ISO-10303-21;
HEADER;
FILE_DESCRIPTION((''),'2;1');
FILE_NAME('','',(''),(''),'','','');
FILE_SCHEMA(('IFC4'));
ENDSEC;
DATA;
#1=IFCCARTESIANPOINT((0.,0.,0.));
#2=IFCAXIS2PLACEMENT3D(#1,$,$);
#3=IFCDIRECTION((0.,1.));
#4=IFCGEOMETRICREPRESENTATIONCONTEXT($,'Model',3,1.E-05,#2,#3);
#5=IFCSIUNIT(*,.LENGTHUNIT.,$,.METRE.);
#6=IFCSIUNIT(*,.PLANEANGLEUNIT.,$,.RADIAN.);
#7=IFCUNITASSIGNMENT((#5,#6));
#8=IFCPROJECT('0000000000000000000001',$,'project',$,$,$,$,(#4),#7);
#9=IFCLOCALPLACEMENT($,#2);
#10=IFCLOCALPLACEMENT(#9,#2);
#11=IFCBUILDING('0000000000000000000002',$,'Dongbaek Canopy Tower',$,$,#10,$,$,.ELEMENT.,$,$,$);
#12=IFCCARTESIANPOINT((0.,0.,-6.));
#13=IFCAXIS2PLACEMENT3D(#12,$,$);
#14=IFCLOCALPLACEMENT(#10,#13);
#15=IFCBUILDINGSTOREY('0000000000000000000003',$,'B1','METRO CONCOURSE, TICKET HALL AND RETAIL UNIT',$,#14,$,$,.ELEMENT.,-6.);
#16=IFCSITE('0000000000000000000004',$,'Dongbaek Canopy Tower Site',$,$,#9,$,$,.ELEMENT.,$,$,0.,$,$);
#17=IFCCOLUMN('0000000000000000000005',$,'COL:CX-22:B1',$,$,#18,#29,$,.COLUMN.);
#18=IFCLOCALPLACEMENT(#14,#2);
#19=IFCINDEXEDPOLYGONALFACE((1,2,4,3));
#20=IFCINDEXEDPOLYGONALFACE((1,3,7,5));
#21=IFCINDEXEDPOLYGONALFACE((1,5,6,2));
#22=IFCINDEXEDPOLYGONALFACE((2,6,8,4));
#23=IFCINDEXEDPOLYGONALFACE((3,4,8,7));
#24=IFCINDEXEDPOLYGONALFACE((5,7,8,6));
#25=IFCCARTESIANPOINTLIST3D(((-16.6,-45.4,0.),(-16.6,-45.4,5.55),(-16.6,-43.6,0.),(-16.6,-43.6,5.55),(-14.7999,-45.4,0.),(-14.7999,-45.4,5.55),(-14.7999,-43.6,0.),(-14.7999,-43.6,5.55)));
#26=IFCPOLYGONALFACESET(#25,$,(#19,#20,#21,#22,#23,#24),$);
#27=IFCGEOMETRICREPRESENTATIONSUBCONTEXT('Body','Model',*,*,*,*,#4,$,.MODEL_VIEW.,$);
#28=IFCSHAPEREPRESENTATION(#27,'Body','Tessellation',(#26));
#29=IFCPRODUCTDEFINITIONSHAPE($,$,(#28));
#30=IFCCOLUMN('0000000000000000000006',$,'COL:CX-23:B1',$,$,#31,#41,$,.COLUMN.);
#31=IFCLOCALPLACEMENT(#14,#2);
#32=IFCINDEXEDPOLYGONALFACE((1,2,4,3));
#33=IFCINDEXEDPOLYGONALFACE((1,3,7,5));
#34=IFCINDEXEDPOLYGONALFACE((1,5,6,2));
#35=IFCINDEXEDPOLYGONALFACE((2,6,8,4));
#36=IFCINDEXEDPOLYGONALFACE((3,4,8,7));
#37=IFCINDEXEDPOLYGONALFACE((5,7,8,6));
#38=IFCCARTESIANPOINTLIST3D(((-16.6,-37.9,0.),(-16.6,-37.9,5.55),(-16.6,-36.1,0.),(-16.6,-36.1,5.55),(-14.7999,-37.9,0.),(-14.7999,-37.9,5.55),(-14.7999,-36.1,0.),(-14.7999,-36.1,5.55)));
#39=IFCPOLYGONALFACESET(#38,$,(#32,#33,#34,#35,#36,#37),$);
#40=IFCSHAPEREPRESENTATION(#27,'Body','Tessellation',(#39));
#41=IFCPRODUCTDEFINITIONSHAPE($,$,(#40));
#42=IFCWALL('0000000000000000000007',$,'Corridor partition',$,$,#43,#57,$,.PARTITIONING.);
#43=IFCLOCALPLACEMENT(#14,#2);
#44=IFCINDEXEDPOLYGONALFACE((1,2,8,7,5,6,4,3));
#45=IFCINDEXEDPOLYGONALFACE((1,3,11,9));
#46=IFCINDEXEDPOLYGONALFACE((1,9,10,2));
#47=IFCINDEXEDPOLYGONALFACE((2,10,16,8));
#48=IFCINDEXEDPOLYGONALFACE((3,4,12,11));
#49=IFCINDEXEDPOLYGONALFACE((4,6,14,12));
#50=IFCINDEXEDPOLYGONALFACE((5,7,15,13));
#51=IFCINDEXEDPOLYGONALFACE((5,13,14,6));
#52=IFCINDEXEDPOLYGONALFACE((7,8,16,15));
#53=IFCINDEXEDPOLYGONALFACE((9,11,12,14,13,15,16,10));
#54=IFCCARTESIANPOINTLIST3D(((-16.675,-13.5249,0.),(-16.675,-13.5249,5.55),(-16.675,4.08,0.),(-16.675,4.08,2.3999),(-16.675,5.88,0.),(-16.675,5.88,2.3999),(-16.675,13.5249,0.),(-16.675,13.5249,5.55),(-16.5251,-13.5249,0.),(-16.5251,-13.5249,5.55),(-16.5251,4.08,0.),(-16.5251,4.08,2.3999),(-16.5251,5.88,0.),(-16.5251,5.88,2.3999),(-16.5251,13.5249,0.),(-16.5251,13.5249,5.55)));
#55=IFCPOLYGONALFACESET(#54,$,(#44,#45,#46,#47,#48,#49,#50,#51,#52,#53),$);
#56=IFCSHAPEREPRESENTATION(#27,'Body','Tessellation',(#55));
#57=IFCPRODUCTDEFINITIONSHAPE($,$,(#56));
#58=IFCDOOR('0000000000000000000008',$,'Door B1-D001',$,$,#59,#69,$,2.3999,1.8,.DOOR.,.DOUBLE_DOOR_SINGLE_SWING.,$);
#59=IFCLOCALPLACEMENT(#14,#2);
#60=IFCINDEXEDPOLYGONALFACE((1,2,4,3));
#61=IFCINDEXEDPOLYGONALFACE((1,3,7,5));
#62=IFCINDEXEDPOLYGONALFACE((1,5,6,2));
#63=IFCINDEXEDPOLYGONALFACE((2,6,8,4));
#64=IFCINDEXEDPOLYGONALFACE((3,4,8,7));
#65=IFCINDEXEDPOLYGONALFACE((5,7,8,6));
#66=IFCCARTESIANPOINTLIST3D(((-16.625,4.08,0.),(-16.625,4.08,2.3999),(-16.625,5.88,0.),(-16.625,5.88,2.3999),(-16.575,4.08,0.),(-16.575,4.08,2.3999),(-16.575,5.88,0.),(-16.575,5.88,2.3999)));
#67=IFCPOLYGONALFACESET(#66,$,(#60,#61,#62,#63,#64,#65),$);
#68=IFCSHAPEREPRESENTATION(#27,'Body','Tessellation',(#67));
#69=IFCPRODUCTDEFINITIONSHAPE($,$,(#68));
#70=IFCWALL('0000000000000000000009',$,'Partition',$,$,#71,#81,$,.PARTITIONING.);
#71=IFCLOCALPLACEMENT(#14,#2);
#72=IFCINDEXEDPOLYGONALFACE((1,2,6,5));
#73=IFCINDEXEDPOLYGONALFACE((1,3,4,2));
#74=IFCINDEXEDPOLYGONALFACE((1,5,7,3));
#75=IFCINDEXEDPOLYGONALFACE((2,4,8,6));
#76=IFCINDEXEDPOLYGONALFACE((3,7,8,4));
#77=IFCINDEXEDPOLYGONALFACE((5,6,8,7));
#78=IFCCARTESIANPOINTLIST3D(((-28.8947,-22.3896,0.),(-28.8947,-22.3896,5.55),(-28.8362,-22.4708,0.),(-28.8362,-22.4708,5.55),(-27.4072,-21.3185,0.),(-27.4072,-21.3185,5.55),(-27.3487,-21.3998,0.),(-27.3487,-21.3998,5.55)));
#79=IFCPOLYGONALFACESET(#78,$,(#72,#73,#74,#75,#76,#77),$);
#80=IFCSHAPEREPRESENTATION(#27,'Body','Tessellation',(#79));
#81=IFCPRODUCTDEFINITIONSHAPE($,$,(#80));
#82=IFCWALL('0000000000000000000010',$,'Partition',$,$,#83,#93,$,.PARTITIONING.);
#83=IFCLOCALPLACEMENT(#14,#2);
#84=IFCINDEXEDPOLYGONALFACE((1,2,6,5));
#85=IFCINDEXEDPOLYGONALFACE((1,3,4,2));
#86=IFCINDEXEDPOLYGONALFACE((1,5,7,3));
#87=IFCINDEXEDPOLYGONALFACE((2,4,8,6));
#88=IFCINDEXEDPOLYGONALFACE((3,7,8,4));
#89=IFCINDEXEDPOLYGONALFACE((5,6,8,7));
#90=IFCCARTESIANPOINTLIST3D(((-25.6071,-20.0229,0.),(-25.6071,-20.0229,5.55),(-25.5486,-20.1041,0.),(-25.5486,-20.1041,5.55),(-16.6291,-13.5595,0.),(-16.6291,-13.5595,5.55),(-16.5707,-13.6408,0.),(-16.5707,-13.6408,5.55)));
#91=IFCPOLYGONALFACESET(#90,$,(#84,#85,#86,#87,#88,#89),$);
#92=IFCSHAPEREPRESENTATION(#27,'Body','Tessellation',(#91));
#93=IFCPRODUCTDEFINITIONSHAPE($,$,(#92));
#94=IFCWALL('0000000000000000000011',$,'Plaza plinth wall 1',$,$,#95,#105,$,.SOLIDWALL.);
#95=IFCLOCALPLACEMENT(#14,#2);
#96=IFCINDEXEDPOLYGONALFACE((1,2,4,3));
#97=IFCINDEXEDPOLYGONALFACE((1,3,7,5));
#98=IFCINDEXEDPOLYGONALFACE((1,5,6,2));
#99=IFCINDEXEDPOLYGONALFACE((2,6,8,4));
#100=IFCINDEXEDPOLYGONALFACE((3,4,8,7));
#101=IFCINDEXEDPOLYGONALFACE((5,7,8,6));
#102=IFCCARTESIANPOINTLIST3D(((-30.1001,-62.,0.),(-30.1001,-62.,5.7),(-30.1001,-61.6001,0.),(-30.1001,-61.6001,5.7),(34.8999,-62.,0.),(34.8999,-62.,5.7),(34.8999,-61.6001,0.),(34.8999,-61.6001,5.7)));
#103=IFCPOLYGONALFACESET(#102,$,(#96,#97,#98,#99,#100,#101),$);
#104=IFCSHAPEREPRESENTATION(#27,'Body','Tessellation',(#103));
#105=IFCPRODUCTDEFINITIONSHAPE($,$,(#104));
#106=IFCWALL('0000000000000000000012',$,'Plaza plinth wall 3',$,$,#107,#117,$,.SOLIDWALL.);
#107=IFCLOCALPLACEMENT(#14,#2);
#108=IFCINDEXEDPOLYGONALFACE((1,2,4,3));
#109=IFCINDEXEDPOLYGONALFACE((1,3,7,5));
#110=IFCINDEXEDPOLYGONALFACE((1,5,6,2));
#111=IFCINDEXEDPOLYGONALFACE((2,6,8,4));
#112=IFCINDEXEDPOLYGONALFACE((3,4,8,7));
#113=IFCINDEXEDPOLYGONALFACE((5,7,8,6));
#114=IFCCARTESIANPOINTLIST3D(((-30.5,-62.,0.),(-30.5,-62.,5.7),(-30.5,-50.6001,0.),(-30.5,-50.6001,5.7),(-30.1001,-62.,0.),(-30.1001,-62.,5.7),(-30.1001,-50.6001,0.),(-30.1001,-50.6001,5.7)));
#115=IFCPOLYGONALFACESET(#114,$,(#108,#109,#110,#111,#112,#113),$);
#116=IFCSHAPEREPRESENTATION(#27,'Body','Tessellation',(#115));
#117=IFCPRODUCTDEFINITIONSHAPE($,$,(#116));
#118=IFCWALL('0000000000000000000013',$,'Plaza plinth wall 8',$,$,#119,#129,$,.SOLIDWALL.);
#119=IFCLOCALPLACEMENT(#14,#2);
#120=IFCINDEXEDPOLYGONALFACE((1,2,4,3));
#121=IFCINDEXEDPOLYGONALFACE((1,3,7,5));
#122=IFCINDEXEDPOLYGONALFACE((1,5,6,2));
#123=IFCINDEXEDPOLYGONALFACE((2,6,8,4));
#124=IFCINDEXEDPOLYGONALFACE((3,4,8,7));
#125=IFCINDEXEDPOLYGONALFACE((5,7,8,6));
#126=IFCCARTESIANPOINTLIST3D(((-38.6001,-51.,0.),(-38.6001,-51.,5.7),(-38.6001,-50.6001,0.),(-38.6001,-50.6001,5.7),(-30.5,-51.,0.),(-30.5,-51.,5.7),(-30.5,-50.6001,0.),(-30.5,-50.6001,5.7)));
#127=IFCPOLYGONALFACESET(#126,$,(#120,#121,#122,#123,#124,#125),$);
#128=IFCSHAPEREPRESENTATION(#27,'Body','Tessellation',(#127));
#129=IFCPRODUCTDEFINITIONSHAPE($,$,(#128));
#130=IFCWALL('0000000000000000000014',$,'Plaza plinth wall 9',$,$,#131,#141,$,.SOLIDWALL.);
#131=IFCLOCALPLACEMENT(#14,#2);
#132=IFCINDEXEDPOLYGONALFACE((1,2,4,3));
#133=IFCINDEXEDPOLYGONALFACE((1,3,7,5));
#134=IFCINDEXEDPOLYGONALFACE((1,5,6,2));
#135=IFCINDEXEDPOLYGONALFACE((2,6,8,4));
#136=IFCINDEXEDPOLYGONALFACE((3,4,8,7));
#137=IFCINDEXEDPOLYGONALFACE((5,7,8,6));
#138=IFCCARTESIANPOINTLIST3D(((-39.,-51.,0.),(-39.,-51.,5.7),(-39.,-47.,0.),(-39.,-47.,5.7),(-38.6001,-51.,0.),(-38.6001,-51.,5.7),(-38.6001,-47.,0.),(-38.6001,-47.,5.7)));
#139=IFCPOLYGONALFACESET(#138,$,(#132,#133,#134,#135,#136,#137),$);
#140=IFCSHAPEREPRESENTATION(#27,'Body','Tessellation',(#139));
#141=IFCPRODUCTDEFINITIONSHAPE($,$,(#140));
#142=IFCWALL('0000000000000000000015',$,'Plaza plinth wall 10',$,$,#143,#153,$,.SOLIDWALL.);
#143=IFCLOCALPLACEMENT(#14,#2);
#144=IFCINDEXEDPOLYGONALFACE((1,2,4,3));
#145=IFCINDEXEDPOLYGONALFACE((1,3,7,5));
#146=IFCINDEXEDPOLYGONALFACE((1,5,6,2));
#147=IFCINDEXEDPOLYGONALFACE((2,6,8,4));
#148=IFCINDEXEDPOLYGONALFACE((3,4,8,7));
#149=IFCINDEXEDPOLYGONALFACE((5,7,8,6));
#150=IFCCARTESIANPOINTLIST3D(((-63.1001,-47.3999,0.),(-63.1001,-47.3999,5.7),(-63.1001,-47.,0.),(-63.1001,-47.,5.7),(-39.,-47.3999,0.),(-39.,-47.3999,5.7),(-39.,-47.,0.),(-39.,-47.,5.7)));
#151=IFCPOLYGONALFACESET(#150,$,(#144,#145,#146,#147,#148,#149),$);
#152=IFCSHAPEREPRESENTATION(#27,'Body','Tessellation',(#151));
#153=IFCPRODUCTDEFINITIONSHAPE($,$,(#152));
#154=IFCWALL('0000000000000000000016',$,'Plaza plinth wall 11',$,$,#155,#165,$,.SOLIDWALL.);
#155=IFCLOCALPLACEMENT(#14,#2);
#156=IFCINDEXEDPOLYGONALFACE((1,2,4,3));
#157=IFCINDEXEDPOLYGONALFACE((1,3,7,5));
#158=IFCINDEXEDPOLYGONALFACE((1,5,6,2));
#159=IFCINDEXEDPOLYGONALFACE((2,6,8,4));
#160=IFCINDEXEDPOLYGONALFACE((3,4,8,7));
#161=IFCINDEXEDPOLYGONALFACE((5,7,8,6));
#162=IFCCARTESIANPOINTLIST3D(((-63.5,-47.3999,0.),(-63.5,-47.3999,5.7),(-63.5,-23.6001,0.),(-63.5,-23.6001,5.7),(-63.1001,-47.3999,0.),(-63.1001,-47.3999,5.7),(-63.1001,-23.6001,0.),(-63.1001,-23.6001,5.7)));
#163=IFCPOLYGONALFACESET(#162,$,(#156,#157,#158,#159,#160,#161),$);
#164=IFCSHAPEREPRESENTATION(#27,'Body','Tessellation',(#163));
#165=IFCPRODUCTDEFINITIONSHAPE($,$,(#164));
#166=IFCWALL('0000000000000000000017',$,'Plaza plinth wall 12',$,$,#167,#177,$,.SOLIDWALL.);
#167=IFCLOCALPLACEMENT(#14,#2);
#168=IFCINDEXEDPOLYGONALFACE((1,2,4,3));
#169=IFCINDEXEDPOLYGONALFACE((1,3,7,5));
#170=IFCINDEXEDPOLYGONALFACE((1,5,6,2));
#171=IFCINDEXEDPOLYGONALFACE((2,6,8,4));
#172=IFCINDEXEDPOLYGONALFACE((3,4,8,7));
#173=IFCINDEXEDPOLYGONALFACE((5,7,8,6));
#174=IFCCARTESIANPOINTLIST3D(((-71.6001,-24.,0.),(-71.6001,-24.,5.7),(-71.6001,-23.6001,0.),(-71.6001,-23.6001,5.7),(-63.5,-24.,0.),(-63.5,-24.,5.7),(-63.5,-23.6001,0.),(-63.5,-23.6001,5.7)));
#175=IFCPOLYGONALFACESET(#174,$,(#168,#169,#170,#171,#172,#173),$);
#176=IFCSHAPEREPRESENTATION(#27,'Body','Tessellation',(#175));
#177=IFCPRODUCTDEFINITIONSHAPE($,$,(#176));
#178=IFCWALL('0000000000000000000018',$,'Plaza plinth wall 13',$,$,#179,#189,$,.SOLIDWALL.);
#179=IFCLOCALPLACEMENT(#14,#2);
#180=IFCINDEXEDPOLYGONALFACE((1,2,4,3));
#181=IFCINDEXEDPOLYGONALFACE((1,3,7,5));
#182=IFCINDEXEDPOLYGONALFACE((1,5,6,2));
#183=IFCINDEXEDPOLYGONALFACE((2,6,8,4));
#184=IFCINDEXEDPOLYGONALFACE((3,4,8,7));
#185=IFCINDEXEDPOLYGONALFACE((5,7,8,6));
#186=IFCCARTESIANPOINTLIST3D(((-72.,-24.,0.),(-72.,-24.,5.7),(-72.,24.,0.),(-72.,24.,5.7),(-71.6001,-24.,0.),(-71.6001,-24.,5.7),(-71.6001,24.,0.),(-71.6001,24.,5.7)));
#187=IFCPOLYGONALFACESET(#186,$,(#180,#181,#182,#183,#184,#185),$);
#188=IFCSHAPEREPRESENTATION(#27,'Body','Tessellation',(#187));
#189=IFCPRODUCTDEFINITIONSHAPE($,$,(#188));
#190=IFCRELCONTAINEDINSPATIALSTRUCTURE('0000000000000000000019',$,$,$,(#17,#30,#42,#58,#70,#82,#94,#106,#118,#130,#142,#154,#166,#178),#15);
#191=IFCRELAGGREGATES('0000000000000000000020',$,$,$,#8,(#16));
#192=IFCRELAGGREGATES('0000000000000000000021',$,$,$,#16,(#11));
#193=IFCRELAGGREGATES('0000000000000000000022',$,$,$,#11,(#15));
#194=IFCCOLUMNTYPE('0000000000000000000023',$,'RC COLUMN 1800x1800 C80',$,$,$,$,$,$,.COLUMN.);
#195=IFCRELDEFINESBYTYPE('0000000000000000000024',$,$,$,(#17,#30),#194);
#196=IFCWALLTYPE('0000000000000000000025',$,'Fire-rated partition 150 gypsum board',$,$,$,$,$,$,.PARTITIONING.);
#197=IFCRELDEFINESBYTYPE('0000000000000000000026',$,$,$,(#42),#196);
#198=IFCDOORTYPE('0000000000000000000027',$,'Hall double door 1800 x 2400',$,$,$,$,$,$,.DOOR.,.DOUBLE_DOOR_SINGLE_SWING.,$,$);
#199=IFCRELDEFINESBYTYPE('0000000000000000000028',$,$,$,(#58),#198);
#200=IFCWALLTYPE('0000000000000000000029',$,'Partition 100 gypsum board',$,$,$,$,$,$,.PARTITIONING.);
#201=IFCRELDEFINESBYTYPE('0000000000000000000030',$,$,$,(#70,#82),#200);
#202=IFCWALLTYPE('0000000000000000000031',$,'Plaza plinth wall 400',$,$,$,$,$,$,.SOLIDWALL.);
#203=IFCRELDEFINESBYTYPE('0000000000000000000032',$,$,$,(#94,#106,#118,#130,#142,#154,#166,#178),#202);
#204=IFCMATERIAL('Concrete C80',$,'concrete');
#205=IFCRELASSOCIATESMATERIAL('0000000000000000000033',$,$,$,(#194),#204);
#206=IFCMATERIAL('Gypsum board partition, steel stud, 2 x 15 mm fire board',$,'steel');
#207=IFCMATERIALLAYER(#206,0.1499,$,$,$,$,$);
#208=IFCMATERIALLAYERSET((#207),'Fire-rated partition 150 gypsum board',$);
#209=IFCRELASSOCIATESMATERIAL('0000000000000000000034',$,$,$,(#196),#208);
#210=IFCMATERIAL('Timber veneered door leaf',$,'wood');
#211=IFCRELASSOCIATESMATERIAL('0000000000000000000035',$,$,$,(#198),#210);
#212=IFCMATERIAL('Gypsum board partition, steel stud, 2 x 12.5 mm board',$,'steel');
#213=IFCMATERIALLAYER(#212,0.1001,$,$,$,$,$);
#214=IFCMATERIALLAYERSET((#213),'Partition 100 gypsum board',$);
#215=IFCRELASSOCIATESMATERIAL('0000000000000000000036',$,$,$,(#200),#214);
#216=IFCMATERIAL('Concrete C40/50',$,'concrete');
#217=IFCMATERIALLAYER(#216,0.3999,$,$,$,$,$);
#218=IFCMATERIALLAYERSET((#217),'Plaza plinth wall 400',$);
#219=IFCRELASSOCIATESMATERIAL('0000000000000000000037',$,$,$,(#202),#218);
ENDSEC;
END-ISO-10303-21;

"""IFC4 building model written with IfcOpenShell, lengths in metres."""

from ifc_helpers import new_model, si_unit, direction, frame, frame_2d, origin, origin_2d, place, context, subcontext, project, spatial, rectangle, extrude, material, layer, layer_set, material_profile, profile_set, type_object, element, fill, save


model = new_model("IFC4")

# Units and contexts
model_context = context("Model", 3, precision=1e-05, world=origin(), true_north=direction((0.0, 1.0)))
body_context = subcontext(model_context, "Body", "Model", "MODEL_VIEW")
ifc_project = project(units=[si_unit("LENGTHUNIT", "METRE"), si_unit("PLANEANGLEUNIT", "RADIAN")], contexts=[model_context])

# Site, building, storey
site_placement = place(None, origin())
site = spatial("IfcSite", under=ifc_project, at=site_placement, Name="Dongbaek Canopy Tower Site", CompositionType="ELEMENT", RefElevation=0.0)
building_placement = place(site_placement, origin())
building = spatial("IfcBuilding", under=site, at=building_placement, Name="Dongbaek Canopy Tower", CompositionType="ELEMENT")
storey_placement = place(building_placement, frame((0.0, 0.0, -6.0)))
storey = spatial("IfcBuildingStorey", under=building, at=storey_placement, Name="B1", Description="METRO CONCOURSE, TICKET HALL AND RETAIL UNIT", CompositionType="ELEMENT", Elevation=-6.0)

# Columns
ifc_material_1 = material(Name="Concrete C80", Category="concrete")
ifc_material_profile = material_profile(ifc_material_1, rectangle(XDim=1.8, YDim=1.8, at=origin_2d()), Name="RC COLUMN 1800x1800 C80")
ifc_profile_set = profile_set([ifc_material_profile], Name="Concrete C80")
column_type = type_object("IfcColumnType", Name="RC COLUMN 1800x1800 C80", PredefinedType="COLUMN", material=ifc_profile_set)
for number, where, z_axis, x_axis, name in (
    (1, (-15.7, -44.5, 0.0), (0.0, 0.0, 1.0), (1.0, 0.0, 0.0), "COL:CX-22:B1"),
    (2, (-15.7, -37.0, 0.0), (0.0, 0.0, 1.0), (1.0, 0.0, 0.0), "COL:CX-23:B1"),
):
    element("IfcColumn", number, at=place(storey_placement, frame(where, z_axis=z_axis, x_axis=x_axis)), inside=storey, type_object=column_type, Name=name, PredefinedType="COLUMN", context=body_context, shape_type="SweptSolid", body=[
        extrude(rectangle(XDim=1.8, YDim=1.8, at=origin_2d()), origin(), (0.0, 0.0, 1.0), 5.55),
    ])

# Wall, opening, door
ifc_material_2 = material(Name="Gypsum board partition, steel stud, 2 x 15 mm fire board", Category="steel")
ifc_layer_1 = layer(ifc_material_2, 0.1499)
ifc_layer_set_1 = layer_set([ifc_layer_1], Name="Fire-rated partition 150 gypsum board")
wall_type_1 = type_object("IfcWallType", Name="Fire-rated partition 150 gypsum board", PredefinedType="PARTITIONING", material=ifc_layer_set_1)
wall_1_placement = place(storey_placement, frame((-16.6001, -13.5249, 0.0), z_axis=(0.0, 0.0, 1.0), x_axis=(0.0, 1.0, 0.0)))
wall_1 = element("IfcWall", 3, at=wall_1_placement, inside=storey, type_object=wall_type_1, Name="Corridor partition", PredefinedType="PARTITIONING", context=body_context, shape_type="SweptSolid", body=[
    extrude(rectangle(XDim=27.0498, YDim=0.1499, at=frame_2d((13.5249, 0.0))), origin(), (0.0, 0.0, 1.0), 5.55),
])
opening_placement = place(wall_1_placement, frame((17.605, 0.0, 0.0)))
opening = element("IfcOpeningElement", 4, at=opening_placement, cuts=wall_1, PredefinedType="OPENING", context=body_context, shape_type="SweptSolid", body=[
    extrude(rectangle(XDim=1.8, YDim=2.3999, at=frame_2d((0.8999, 1.2))), frame((0.0, 0.085, 0.0), z_axis=(0.0, -1.0, 0.0), x_axis=(1.0, 0.0, 0.0)), (0.0, 0.0, 1.0), 0.1699),
])
ifc_material_3 = material(Name="Timber veneered door leaf", Category="wood")
door_type = type_object("IfcDoorType", Name="Hall double door 1800 x 2400", OperationType="DOUBLE_DOOR_SINGLE_SWING", PredefinedType="DOOR", material=ifc_material_3)
door_placement = place(opening_placement, origin())
door = element("IfcDoor", 5, at=door_placement, inside=storey, type_object=door_type, Name="Door B1-D001", OperationType="DOUBLE_DOOR_SINGLE_SWING", OverallHeight=2.3999, OverallWidth=1.8, PredefinedType="DOOR", context=body_context, shape_type="SweptSolid", body=[
    extrude(rectangle(XDim=1.8, YDim=2.3999, at=frame_2d((0.8999, 1.2))), frame((0.0, 0.0249, 0.0), z_axis=(0.0, -1.0, 0.0), x_axis=(1.0, 0.0, 0.0)), (0.0, 0.0, 1.0), 0.05),
])
fill(opening, door)

# Walls
ifc_material_4 = material(Name="Gypsum board partition, steel stud, 2 x 12.5 mm board", Category="steel")
ifc_layer_2 = layer(ifc_material_4, 0.1001)
ifc_layer_set_2 = layer_set([ifc_layer_2], Name="Partition 100 gypsum board")
wall_type_2 = type_object("IfcWallType", Name="Partition 100 gypsum board", PredefinedType="PARTITIONING", material=ifc_layer_set_2)
wall_2_placement = place(storey_placement, frame((-28.8655, -22.4302, 0.0), z_axis=(0.0, 0.0, 1.0), x_axis=(0.811532, 0.584308, 0.0)))
element("IfcWall", 6, at=wall_2_placement, inside=storey, type_object=wall_type_2, Name="Partition", PredefinedType="PARTITIONING", context=body_context, shape_type="SweptSolid", body=[
    extrude(rectangle(XDim=1.833, YDim=0.1001, at=frame_2d((0.9165, 0.0))), origin(), (0.0, 0.0, 1.0), 5.55),
])
wall_3_placement = place(storey_placement, frame((-25.5779, -20.0635, 0.0), z_axis=(0.0, 0.0, 1.0), x_axis=(0.811569, 0.584257, 0.0)))
element("IfcWall", 7, at=wall_3_placement, inside=storey, type_object=wall_type_2, Name="Partition", PredefinedType="PARTITIONING", context=body_context, shape_type="SweptSolid", body=[
    extrude(rectangle(XDim=11.0625, YDim=0.1001, at=frame_2d((5.5312, 0.0))), origin(), (0.0, 0.0, 1.0), 5.55),
])
ifc_material_5 = material(Name="Concrete C40/50", Category="concrete")
ifc_layer_3 = layer(ifc_material_5, 0.3999)
ifc_layer_set_3 = layer_set([ifc_layer_3], Name="Plaza plinth wall 400")
wall_type_3 = type_object("IfcWallType", Name="Plaza plinth wall 400", PredefinedType="SOLIDWALL", material=ifc_layer_set_3)
wall_4_placement = place(storey_placement, frame((-30.1001, -61.8, 0.0), z_axis=(0.0, 0.0, 1.0), x_axis=(1.0, 0.0, 0.0)))
element("IfcWall", 8, at=wall_4_placement, inside=storey, type_object=wall_type_3, Name="Plaza plinth wall 1", PredefinedType="SOLIDWALL", context=body_context, shape_type="SweptSolid", body=[
    extrude(rectangle(XDim=65.0, YDim=0.3999, at=frame_2d((32.5, 0.0))), origin(), (0.0, 0.0, 1.0), 5.7),
])
wall_5_placement = place(storey_placement, frame((-30.3, -62.0, 0.0), z_axis=(0.0, 0.0, 1.0), x_axis=(0.0, 1.0, 0.0)))
element("IfcWall", 9, at=wall_5_placement, inside=storey, type_object=wall_type_3, Name="Plaza plinth wall 3", PredefinedType="SOLIDWALL", context=body_context, shape_type="SweptSolid", body=[
    extrude(rectangle(XDim=11.3999, YDim=0.3999, at=frame_2d((5.7, 0.0))), origin(), (0.0, 0.0, 1.0), 5.7),
])
wall_6_placement = place(storey_placement, frame((-38.6001, -50.8, 0.0), z_axis=(0.0, 0.0, 1.0), x_axis=(1.0, 0.0, 0.0)))
element("IfcWall", 10, at=wall_6_placement, inside=storey, type_object=wall_type_3, Name="Plaza plinth wall 8", PredefinedType="SOLIDWALL", context=body_context, shape_type="SweptSolid", body=[
    extrude(rectangle(XDim=8.1001, YDim=0.3999, at=frame_2d((4.05, 0.0))), origin(), (0.0, 0.0, 1.0), 5.7),
])
wall_7_placement = place(storey_placement, frame((-38.8, -51.0, 0.0), z_axis=(0.0, 0.0, 1.0), x_axis=(0.0, 1.0, 0.0)))
element("IfcWall", 11, at=wall_7_placement, inside=storey, type_object=wall_type_3, Name="Plaza plinth wall 9", PredefinedType="SOLIDWALL", context=body_context, shape_type="SweptSolid", body=[
    extrude(rectangle(XDim=4.0, YDim=0.3999, at=frame_2d((2.0, 0.0))), origin(), (0.0, 0.0, 1.0), 5.7),
])
wall_8_placement = place(storey_placement, frame((-63.1001, -47.2, 0.0), z_axis=(0.0, 0.0, 1.0), x_axis=(1.0, 0.0, 0.0)))
element("IfcWall", 12, at=wall_8_placement, inside=storey, type_object=wall_type_3, Name="Plaza plinth wall 10", PredefinedType="SOLIDWALL", context=body_context, shape_type="SweptSolid", body=[
    extrude(rectangle(XDim=24.1001, YDim=0.3999, at=frame_2d((12.05, 0.0))), origin(), (0.0, 0.0, 1.0), 5.7),
])
wall_9_placement = place(storey_placement, frame((-63.3, -47.3999, 0.0), z_axis=(0.0, 0.0, 1.0), x_axis=(0.0, 1.0, 0.0)))
element("IfcWall", 13, at=wall_9_placement, inside=storey, type_object=wall_type_3, Name="Plaza plinth wall 11", PredefinedType="SOLIDWALL", context=body_context, shape_type="SweptSolid", body=[
    extrude(rectangle(XDim=23.7998, YDim=0.3999, at=frame_2d((11.8999, 0.0))), origin(), (0.0, 0.0, 1.0), 5.7),
])
wall_10_placement = place(storey_placement, frame((-71.6001, -23.8, 0.0), z_axis=(0.0, 0.0, 1.0), x_axis=(1.0, 0.0, 0.0)))
element("IfcWall", 14, at=wall_10_placement, inside=storey, type_object=wall_type_3, Name="Plaza plinth wall 12", PredefinedType="SOLIDWALL", context=body_context, shape_type="SweptSolid", body=[
    extrude(rectangle(XDim=8.1001, YDim=0.3999, at=frame_2d((4.05, 0.0))), origin(), (0.0, 0.0, 1.0), 5.7),
])
wall_11_placement = place(storey_placement, frame((-71.8, -24.0, 0.0), z_axis=(0.0, 0.0, 1.0), x_axis=(0.0, 1.0, 0.0)))
element("IfcWall", 15, at=wall_11_placement, inside=storey, type_object=wall_type_3, Name="Plaza plinth wall 13", PredefinedType="SOLIDWALL", context=body_context, shape_type="SweptSolid", body=[
    extrude(rectangle(XDim=48.0, YDim=0.3999, at=frame_2d((24.0, 0.0))), origin(), (0.0, 0.0, 1.0), 5.7),
])

save(model, "model.ifc")
